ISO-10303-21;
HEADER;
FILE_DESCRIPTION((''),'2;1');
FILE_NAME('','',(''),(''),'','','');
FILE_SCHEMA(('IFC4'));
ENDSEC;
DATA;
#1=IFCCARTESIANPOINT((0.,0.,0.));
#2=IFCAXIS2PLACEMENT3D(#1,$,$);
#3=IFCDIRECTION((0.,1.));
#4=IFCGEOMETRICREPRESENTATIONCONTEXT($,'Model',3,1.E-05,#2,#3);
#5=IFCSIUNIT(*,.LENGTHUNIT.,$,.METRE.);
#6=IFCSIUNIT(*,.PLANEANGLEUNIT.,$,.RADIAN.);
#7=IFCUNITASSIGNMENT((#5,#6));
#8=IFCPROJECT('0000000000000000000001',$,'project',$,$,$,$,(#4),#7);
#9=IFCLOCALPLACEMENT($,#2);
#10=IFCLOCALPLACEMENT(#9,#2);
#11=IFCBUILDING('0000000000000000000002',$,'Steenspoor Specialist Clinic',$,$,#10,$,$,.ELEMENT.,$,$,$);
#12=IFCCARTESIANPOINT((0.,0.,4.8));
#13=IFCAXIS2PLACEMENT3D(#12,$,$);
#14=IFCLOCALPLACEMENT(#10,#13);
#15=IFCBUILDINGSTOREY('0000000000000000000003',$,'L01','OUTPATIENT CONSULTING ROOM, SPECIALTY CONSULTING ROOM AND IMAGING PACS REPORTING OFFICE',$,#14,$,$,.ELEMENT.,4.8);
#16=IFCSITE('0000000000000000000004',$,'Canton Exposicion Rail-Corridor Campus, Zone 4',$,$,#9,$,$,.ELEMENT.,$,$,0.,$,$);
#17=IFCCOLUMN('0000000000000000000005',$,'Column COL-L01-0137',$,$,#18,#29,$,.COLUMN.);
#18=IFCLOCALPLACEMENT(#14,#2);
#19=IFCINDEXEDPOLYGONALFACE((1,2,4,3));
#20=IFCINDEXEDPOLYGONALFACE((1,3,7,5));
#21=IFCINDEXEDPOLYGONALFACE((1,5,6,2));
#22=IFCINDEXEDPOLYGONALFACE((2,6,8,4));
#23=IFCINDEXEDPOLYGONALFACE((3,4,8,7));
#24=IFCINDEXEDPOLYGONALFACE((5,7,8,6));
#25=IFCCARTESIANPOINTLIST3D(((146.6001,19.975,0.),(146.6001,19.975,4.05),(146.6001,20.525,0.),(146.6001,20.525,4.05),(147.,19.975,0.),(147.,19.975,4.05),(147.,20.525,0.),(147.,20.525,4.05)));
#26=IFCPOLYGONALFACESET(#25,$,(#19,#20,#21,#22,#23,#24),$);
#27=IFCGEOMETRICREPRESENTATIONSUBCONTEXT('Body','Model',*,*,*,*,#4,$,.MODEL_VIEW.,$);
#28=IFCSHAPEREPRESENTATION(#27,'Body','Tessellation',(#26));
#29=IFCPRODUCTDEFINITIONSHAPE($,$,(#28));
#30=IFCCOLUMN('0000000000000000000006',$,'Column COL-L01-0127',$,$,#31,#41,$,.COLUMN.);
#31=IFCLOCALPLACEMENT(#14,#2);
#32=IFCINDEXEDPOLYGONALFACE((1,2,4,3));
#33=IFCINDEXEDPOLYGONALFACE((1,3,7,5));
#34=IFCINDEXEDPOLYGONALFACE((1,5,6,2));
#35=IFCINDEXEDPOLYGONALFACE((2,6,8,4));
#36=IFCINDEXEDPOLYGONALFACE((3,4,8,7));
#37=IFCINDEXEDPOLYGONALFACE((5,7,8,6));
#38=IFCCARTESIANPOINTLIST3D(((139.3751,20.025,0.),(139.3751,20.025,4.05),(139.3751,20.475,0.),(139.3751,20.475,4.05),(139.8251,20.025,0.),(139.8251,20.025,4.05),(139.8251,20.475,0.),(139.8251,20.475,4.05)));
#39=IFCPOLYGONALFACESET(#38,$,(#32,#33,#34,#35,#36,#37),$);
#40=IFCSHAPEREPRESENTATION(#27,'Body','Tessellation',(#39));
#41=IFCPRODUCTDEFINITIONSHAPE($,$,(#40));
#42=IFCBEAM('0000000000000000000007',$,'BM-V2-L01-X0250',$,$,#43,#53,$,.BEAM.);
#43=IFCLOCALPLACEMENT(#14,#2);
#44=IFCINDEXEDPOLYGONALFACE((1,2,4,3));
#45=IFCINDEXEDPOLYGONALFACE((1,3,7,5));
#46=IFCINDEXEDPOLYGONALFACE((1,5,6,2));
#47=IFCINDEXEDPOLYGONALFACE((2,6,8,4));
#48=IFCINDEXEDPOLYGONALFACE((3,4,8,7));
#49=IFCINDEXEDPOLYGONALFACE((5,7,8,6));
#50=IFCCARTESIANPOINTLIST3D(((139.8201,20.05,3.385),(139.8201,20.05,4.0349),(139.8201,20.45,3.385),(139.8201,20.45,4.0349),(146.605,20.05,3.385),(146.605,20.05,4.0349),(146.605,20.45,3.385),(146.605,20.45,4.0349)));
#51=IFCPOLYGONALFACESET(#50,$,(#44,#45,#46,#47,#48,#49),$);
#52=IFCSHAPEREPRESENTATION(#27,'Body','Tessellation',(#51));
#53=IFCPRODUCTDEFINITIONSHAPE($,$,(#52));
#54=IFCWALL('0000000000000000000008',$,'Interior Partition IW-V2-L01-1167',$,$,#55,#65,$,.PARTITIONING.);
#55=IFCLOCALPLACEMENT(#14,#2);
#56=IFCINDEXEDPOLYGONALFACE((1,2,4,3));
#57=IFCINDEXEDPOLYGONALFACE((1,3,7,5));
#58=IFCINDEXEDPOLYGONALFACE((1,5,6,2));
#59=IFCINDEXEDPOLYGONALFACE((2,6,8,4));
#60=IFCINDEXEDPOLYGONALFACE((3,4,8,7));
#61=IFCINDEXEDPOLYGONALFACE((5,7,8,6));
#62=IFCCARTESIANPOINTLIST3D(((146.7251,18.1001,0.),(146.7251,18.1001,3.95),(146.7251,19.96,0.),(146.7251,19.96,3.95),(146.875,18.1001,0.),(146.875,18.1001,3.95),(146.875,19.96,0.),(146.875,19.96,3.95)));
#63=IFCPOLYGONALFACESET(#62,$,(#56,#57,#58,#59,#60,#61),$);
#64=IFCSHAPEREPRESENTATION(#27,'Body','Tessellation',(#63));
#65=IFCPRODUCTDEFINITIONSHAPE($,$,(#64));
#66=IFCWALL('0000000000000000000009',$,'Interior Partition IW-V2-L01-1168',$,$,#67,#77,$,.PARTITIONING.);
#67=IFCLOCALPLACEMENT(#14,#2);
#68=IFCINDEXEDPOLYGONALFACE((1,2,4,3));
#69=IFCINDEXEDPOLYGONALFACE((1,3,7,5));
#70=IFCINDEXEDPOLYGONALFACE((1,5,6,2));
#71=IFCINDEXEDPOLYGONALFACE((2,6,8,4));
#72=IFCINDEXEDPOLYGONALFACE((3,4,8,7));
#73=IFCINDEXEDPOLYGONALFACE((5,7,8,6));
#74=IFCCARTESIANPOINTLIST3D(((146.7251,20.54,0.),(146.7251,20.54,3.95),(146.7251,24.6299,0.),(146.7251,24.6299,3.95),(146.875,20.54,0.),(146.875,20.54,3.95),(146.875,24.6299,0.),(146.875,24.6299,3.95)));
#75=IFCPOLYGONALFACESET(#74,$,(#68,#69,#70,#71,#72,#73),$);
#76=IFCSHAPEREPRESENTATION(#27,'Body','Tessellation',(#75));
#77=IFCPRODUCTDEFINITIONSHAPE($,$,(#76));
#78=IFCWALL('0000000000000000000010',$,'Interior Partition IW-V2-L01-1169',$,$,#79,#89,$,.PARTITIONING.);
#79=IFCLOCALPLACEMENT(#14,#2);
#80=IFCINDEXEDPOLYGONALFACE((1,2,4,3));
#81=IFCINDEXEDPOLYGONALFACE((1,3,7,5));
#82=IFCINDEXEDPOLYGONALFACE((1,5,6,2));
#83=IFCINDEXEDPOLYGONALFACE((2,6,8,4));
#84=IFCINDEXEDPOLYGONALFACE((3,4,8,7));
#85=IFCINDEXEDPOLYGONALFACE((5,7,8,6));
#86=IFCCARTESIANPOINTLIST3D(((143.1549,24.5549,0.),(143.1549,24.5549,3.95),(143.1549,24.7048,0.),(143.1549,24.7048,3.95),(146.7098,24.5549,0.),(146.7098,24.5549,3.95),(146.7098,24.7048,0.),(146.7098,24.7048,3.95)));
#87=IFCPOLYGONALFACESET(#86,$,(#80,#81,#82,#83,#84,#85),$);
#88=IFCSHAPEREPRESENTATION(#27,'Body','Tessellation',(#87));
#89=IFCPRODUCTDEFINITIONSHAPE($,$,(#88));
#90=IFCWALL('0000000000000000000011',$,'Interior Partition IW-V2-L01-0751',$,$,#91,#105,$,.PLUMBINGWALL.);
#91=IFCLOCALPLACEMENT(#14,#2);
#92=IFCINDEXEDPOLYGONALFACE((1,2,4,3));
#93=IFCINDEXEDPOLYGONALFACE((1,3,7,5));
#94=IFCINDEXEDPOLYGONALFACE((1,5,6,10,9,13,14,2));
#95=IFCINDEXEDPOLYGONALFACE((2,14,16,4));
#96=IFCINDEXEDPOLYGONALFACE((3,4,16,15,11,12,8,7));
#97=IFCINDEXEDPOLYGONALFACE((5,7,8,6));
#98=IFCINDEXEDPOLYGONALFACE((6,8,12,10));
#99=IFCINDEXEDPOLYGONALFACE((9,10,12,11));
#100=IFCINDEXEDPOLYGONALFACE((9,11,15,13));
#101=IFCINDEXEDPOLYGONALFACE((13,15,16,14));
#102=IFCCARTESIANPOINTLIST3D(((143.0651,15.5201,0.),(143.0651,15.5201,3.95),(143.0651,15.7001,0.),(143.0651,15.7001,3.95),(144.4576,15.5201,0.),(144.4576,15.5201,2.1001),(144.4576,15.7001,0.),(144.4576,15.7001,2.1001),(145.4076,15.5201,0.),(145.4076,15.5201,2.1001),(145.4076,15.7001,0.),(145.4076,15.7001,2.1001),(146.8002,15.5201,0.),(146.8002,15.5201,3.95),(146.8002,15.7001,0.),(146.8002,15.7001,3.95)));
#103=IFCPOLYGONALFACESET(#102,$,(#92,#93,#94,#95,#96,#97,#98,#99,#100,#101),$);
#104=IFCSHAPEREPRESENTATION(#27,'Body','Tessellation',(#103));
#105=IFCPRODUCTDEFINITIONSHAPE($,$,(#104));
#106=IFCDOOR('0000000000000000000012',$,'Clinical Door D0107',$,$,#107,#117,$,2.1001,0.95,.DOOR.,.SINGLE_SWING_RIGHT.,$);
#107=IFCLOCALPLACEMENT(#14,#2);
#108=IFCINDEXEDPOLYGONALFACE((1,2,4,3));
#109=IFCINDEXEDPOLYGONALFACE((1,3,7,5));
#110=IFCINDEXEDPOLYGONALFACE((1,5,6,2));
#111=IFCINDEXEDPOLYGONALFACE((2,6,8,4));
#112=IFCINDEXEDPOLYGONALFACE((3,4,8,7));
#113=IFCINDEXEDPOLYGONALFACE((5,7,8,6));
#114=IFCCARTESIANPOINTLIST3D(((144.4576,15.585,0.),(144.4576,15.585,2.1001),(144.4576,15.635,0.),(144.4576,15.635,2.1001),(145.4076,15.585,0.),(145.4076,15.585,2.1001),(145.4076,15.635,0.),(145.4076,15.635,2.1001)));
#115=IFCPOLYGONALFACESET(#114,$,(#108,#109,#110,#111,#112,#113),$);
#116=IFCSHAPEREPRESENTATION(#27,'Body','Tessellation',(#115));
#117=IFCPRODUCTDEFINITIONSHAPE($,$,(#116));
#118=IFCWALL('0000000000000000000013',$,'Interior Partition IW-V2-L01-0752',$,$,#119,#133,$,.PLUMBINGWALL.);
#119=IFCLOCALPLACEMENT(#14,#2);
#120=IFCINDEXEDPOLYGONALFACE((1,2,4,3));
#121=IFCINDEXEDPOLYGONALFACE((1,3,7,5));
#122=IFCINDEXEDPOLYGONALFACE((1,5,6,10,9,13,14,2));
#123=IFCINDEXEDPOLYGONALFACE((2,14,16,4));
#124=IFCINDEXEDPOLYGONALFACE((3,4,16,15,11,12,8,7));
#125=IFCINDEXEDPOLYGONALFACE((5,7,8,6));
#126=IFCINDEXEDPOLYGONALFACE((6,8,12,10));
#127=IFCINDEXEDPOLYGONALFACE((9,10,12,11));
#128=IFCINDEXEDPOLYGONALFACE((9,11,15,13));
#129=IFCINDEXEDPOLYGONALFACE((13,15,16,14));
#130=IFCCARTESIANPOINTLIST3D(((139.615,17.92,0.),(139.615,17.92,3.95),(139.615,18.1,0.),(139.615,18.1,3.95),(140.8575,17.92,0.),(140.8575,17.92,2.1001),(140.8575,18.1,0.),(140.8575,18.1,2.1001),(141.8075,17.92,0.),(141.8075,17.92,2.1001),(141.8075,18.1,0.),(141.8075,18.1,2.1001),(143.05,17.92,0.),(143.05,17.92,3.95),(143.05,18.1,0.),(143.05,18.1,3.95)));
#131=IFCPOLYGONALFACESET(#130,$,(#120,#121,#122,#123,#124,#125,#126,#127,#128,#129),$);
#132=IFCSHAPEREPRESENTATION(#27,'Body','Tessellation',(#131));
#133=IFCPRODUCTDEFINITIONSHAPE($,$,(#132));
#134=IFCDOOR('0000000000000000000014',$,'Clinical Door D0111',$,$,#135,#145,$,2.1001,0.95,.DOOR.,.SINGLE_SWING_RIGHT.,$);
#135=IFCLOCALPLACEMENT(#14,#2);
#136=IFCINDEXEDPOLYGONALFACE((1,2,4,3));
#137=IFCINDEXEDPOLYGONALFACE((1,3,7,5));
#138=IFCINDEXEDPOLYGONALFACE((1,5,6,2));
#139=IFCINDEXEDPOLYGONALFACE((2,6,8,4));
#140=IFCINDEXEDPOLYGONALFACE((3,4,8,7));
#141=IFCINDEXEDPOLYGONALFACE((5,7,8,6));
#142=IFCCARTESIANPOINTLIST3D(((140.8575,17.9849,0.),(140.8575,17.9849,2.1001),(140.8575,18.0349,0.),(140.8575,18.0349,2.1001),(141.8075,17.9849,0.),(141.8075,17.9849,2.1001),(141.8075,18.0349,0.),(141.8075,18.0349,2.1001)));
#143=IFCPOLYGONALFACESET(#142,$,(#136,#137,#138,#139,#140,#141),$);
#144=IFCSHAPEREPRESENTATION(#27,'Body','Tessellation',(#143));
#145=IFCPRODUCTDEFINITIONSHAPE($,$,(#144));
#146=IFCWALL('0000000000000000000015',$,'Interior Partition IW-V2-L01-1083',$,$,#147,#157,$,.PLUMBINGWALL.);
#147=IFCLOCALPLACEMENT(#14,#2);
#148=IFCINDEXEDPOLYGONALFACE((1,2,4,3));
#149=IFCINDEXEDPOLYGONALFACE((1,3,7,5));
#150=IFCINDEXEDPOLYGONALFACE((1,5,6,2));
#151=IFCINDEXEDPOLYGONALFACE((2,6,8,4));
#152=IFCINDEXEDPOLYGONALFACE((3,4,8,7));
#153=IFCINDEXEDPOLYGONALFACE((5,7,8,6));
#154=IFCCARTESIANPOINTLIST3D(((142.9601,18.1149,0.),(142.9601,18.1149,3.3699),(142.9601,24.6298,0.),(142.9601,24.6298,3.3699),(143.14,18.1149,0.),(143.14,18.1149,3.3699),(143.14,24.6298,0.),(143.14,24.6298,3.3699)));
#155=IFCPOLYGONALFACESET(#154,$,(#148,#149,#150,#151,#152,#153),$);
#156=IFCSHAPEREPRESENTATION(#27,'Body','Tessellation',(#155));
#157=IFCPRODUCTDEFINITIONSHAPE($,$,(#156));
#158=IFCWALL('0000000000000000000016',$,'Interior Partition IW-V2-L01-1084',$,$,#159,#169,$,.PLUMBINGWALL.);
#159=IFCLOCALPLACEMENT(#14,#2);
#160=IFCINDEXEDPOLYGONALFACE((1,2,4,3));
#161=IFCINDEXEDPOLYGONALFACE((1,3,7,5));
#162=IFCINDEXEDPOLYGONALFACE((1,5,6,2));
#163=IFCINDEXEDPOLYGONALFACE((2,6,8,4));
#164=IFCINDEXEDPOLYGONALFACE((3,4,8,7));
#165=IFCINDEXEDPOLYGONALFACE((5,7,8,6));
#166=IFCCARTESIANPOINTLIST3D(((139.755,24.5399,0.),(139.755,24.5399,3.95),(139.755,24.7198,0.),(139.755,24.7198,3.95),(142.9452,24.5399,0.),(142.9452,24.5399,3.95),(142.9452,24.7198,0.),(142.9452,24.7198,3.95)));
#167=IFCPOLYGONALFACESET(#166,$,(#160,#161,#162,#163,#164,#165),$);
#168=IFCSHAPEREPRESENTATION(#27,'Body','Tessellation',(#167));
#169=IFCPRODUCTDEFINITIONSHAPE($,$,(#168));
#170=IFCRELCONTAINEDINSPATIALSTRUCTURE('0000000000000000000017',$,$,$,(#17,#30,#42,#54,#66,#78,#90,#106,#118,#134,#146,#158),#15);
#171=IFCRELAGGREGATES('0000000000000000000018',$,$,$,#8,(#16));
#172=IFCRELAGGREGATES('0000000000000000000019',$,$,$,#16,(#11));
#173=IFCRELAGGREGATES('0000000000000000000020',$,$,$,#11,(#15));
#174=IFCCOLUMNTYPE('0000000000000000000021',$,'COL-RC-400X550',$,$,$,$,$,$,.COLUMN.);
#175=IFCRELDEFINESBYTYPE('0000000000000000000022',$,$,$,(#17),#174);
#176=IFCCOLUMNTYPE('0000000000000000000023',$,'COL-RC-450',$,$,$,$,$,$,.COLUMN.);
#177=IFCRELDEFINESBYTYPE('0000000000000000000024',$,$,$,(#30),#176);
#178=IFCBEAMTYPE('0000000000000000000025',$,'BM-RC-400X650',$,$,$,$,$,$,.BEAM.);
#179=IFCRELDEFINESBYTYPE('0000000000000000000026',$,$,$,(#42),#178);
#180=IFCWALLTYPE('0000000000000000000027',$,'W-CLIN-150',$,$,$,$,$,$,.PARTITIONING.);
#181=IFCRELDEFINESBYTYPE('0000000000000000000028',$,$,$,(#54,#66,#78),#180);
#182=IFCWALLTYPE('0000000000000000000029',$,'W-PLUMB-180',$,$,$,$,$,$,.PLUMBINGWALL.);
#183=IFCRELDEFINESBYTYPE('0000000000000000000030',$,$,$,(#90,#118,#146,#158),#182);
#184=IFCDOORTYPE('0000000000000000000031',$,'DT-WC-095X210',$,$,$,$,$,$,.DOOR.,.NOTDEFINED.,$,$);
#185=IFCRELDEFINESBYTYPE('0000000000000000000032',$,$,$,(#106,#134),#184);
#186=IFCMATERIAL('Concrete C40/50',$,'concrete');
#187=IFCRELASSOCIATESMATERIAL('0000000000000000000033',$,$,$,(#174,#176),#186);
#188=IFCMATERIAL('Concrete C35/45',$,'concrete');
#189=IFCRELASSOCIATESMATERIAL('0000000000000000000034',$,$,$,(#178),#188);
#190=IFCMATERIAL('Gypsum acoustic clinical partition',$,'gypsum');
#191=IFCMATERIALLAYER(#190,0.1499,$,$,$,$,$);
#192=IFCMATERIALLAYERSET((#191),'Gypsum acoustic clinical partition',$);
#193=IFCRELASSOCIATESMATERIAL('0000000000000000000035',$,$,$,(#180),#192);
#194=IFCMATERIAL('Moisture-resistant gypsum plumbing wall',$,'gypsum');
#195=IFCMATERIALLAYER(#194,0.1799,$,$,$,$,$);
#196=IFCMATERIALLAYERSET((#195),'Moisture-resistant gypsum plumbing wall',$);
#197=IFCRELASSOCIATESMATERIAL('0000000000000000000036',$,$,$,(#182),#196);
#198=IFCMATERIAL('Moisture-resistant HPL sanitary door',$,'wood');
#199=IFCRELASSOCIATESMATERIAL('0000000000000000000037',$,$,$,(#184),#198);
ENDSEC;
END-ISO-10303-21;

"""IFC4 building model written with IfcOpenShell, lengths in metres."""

from ifc_helpers import new_model, si_unit, direction, frame, frame_2d, origin, origin_2d, place, context, subcontext, project, spatial, rectangle, extrude, material, layer, layer_set, material_profile, profile_set, type_object, element, fill, save


model = new_model("IFC4")

# Units and contexts
model_context = context("Model", 3, precision=1e-05, world=origin(), true_north=direction((0.0, 1.0)))
body_context = subcontext(model_context, "Body", "Model", "MODEL_VIEW")
ifc_project = project(units=[si_unit("LENGTHUNIT", "METRE"), si_unit("PLANEANGLEUNIT", "RADIAN")], contexts=[model_context])

# Site, building, storey
site_placement = place(None, origin())
site = spatial("IfcSite", under=ifc_project, at=site_placement, Name="Canton Exposicion Rail-Corridor Campus, Zone 4", CompositionType="ELEMENT", RefElevation=0.0)
building_placement = place(site_placement, origin())
building = spatial("IfcBuilding", under=site, at=building_placement, Name="Steenspoor Specialist Clinic", CompositionType="ELEMENT")
storey_placement = place(building_placement, frame((0.0, 0.0, 4.8)))
storey = spatial("IfcBuildingStorey", under=building, at=storey_placement, Name="L01", Description="OUTPATIENT CONSULTING ROOM, SPECIALTY CONSULTING ROOM AND IMAGING PACS REPORTING OFFICE", CompositionType="ELEMENT", Elevation=4.8)

# Columns
ifc_material_1 = material(Name="Concrete C40/50", Category="concrete")
ifc_material_profile_1 = material_profile(ifc_material_1, rectangle(XDim=0.3999, YDim=0.55, at=origin_2d()), Name="RC-COL-400X550")
ifc_profile_set_1 = profile_set([ifc_material_profile_1], Name="Concrete C40/50")
column_type_1 = type_object("IfcColumnType", Name="COL-RC-400X550", PredefinedType="COLUMN", material=ifc_profile_set_1)
column_1_placement = place(storey_placement, frame((146.8, 20.25, 0.0), z_axis=(0.0, 0.0, 1.0), x_axis=(1.0, 0.0, 0.0)))
element("IfcColumn", 1, at=column_1_placement, inside=storey, type_object=column_type_1, Name="Column COL-L01-0137", PredefinedType="COLUMN", context=body_context, shape_type="SweptSolid", body=[
    extrude(rectangle(XDim=0.3999, YDim=0.55, at=origin_2d()), origin(), (0.0, 0.0, 1.0), 4.05),
])
ifc_material_profile_2 = material_profile(ifc_material_1, rectangle(XDim=0.45, YDim=0.45, at=origin_2d()), Name="RC-COL-450X450")
ifc_profile_set_2 = profile_set([ifc_material_profile_2], Name="Concrete C40/50")
column_type_2 = type_object("IfcColumnType", Name="COL-RC-450", PredefinedType="COLUMN", material=ifc_profile_set_2)
column_2_placement = place(storey_placement, frame((139.6001, 20.25, 0.0), z_axis=(0.0, 0.0, 1.0), x_axis=(1.0, 0.0, 0.0)))
element("IfcColumn", 2, at=column_2_placement, inside=storey, type_object=column_type_2, Name="Column COL-L01-0127", PredefinedType="COLUMN", context=body_context, shape_type="SweptSolid", body=[
    extrude(rectangle(XDim=0.45, YDim=0.45, at=origin_2d()), origin(), (0.0, 0.0, 1.0), 4.05),
])

# Beam
ifc_material_2 = material(Name="Concrete C35/45", Category="concrete")
ifc_material_profile_3 = material_profile(ifc_material_2, rectangle(XDim=0.3999, YDim=0.6499, at=origin_2d()), Name="RC-BM-400X650")
ifc_profile_set_3 = profile_set([ifc_material_profile_3], Name="Concrete C35/45")
beam_type = type_object("IfcBeamType", Name="BM-RC-400X650", PredefinedType="BEAM", material=ifc_profile_set_3)
beam_placement = place(storey_placement, frame((139.8201, 20.25, 3.71), z_axis=(1.0, 0.0, 0.0), x_axis=(0.0, 1.0, 0.0)))
element("IfcBeam", 3, at=beam_placement, inside=storey, type_object=beam_type, Name="BM-V2-L01-X0250", PredefinedType="BEAM", context=body_context, shape_type="SweptSolid", body=[
    extrude(rectangle(XDim=0.3999, YDim=0.6499, at=origin_2d()), origin(), (0.0, 0.0, 1.0), 6.7849),
])

# Shared definitions
ifc_material_3 = material(Name="Gypsum acoustic clinical partition", Category="gypsum")
ifc_layer_1 = layer(ifc_material_3, 0.1499)
ifc_layer_set_1 = layer_set([ifc_layer_1], Name="Gypsum acoustic clinical partition")
wall_type_1 = type_object("IfcWallType", Name="W-CLIN-150", PredefinedType="PARTITIONING", material=ifc_layer_set_1)

# Walls
wall_1_placement = place(storey_placement, frame((146.8, 18.1001, 0.0), z_axis=(0.0, 0.0, 1.0), x_axis=(0.0, 1.0, 0.0)))
element("IfcWall", 4, at=wall_1_placement, inside=storey, type_object=wall_type_1, Name="Interior Partition IW-V2-L01-1167", PredefinedType="PARTITIONING", context=body_context, shape_type="SweptSolid", body=[
    extrude(rectangle(XDim=1.8599, YDim=0.1499, at=frame_2d((0.9299, 0.0))), origin(), (0.0, 0.0, 1.0), 3.95),
])
wall_2_placement = place(storey_placement, frame((146.8, 20.54, 0.0), z_axis=(0.0, 0.0, 1.0), x_axis=(0.0, 1.0, 0.0)))
element("IfcWall", 5, at=wall_2_placement, inside=storey, type_object=wall_type_1, Name="Interior Partition IW-V2-L01-1168", PredefinedType="PARTITIONING", context=body_context, shape_type="SweptSolid", body=[
    extrude(rectangle(XDim=4.0898, YDim=0.1499, at=frame_2d((2.0449, 0.0))), origin(), (0.0, 0.0, 1.0), 3.95),
])
wall_3_placement = place(storey_placement, frame((143.155, 24.6299, 0.0), z_axis=(0.0, 0.0, 1.0), x_axis=(1.0, 0.0, 0.0)))
element("IfcWall", 6, at=wall_3_placement, inside=storey, type_object=wall_type_1, Name="Interior Partition IW-V2-L01-1169", PredefinedType="PARTITIONING", context=body_context, shape_type="SweptSolid", body=[
    extrude(rectangle(XDim=3.5549, YDim=0.1499, at=frame_2d((1.7773, 0.0))), origin(), (0.0, 0.0, 1.0), 3.95),
])

# Walls, openings, doors
ifc_material_4 = material(Name="Moisture-resistant gypsum plumbing wall", Category="gypsum")
ifc_layer_2 = layer(ifc_material_4, 0.1799)
ifc_layer_set_2 = layer_set([ifc_layer_2], Name="Moisture-resistant gypsum plumbing wall")
wall_type_2 = type_object("IfcWallType", Name="W-PLUMB-180", PredefinedType="PLUMBINGWALL", material=ifc_layer_set_2)
wall_4_placement = place(storey_placement, frame((143.0649, 15.6101, 0.0), z_axis=(0.0, 0.0, 1.0), x_axis=(1.0, 0.0, 0.0)))
wall_4 = element("IfcWall", 7, at=wall_4_placement, inside=storey, type_object=wall_type_2, Name="Interior Partition IW-V2-L01-0751", PredefinedType="PLUMBINGWALL", context=body_context, shape_type="SweptSolid", body=[
    extrude(rectangle(XDim=3.7351, YDim=0.1799, at=frame_2d((1.8677, 0.0))), origin(), (0.0, 0.0, 1.0), 3.95),
])
opening_1_placement = place(wall_4_placement, frame((1.3926, 0.0, 0.0)))
opening_1 = element("IfcOpeningElement", 8, at=opening_1_placement, cuts=wall_4, PredefinedType="OPENING", context=body_context, shape_type="SweptSolid", body=[
    extrude(rectangle(XDim=0.95, YDim=2.1001, at=frame_2d((0.4751, 1.05))), frame((0.0, 0.1001, 0.0), z_axis=(0.0, -1.0, 0.0), x_axis=(1.0, 0.0, 0.0)), (0.0, 0.0, 1.0), 0.2),
])
ifc_material_5 = material(Name="Moisture-resistant HPL sanitary door", Category="wood")
door_type_1 = type_object("IfcDoorType", Name="DT-WC-095X210", OperationType="NOTDEFINED", PredefinedType="DOOR", material=ifc_material_5)
door_1_placement = place(opening_1_placement, origin())
door_1 = element("IfcDoor", 9, at=door_1_placement, inside=storey, type_object=door_type_1, Name="Clinical Door D0107", OperationType="SINGLE_SWING_RIGHT", OverallHeight=2.1001, OverallWidth=0.95, PredefinedType="DOOR", context=body_context, shape_type="SweptSolid", body=[
    extrude(rectangle(XDim=0.95, YDim=2.1001, at=frame_2d((0.4751, 1.05))), frame((0.0, 0.0249, 0.0), z_axis=(0.0, -1.0, 0.0), x_axis=(1.0, 0.0, 0.0)), (0.0, 0.0, 1.0), 0.05),
])
fill(opening_1, door_1)
wall_5_placement = place(storey_placement, frame((139.615, 18.01, 0.0), z_axis=(0.0, 0.0, 1.0), x_axis=(1.0, 0.0, 0.0)))
wall_5 = element("IfcWall", 10, at=wall_5_placement, inside=storey, type_object=wall_type_2, Name="Interior Partition IW-V2-L01-0752", PredefinedType="PLUMBINGWALL", context=body_context, shape_type="SweptSolid", body=[
    extrude(rectangle(XDim=3.4351, YDim=0.1799, at=frame_2d((1.7175, 0.0))), origin(), (0.0, 0.0, 1.0), 3.95),
])
opening_2_placement = place(wall_5_placement, frame((1.2424, 0.0, 0.0)))
opening_2 = element("IfcOpeningElement", 11, at=opening_2_placement, cuts=wall_5, PredefinedType="OPENING", context=body_context, shape_type="SweptSolid", body=[
    extrude(rectangle(XDim=0.95, YDim=2.1001, at=frame_2d((0.4751, 1.05))), frame((0.0, 0.1001, 0.0), z_axis=(0.0, -1.0, 0.0), x_axis=(1.0, 0.0, 0.0)), (0.0, 0.0, 1.0), 0.2),
])
door_2_placement = place(opening_2_placement, origin())
door_2 = element("IfcDoor", 12, at=door_2_placement, inside=storey, type_object=door_type_1, Name="Clinical Door D0111", OperationType="SINGLE_SWING_RIGHT", OverallHeight=2.1001, OverallWidth=0.95, PredefinedType="DOOR", context=body_context, shape_type="SweptSolid", body=[
    extrude(rectangle(XDim=0.95, YDim=2.1001, at=frame_2d((0.4751, 1.05))), frame((0.0, 0.0249, 0.0), z_axis=(0.0, -1.0, 0.0), x_axis=(1.0, 0.0, 0.0)), (0.0, 0.0, 1.0), 0.05),
])
fill(opening_2, door_2)

# Walls
wall_6_placement = place(storey_placement, frame((143.05, 18.115, 0.0), z_axis=(0.0, 0.0, 1.0), x_axis=(0.0, 1.0, 0.0)))
element("IfcWall", 13, at=wall_6_placement, inside=storey, type_object=wall_type_2, Name="Interior Partition IW-V2-L01-1083", PredefinedType="PLUMBINGWALL", context=body_context, shape_type="SweptSolid", body=[
    extrude(rectangle(XDim=6.5149, YDim=0.1799, at=frame_2d((3.2573, 0.0))), origin(), (0.0, 0.0, 1.0), 3.3699),
])
wall_7_placement = place(storey_placement, frame((139.7549, 24.6299, 0.0), z_axis=(0.0, 0.0, 1.0), x_axis=(1.0, 0.0, 0.0)))
element("IfcWall", 14, at=wall_7_placement, inside=storey, type_object=wall_type_2, Name="Interior Partition IW-V2-L01-1084", PredefinedType="PLUMBINGWALL", context=body_context, shape_type="SweptSolid", body=[
    extrude(rectangle(XDim=3.1902, YDim=0.1799, at=frame_2d((1.5952, 0.0))), origin(), (0.0, 0.0, 1.0), 3.95),
])

save(model, "model.ifc")
